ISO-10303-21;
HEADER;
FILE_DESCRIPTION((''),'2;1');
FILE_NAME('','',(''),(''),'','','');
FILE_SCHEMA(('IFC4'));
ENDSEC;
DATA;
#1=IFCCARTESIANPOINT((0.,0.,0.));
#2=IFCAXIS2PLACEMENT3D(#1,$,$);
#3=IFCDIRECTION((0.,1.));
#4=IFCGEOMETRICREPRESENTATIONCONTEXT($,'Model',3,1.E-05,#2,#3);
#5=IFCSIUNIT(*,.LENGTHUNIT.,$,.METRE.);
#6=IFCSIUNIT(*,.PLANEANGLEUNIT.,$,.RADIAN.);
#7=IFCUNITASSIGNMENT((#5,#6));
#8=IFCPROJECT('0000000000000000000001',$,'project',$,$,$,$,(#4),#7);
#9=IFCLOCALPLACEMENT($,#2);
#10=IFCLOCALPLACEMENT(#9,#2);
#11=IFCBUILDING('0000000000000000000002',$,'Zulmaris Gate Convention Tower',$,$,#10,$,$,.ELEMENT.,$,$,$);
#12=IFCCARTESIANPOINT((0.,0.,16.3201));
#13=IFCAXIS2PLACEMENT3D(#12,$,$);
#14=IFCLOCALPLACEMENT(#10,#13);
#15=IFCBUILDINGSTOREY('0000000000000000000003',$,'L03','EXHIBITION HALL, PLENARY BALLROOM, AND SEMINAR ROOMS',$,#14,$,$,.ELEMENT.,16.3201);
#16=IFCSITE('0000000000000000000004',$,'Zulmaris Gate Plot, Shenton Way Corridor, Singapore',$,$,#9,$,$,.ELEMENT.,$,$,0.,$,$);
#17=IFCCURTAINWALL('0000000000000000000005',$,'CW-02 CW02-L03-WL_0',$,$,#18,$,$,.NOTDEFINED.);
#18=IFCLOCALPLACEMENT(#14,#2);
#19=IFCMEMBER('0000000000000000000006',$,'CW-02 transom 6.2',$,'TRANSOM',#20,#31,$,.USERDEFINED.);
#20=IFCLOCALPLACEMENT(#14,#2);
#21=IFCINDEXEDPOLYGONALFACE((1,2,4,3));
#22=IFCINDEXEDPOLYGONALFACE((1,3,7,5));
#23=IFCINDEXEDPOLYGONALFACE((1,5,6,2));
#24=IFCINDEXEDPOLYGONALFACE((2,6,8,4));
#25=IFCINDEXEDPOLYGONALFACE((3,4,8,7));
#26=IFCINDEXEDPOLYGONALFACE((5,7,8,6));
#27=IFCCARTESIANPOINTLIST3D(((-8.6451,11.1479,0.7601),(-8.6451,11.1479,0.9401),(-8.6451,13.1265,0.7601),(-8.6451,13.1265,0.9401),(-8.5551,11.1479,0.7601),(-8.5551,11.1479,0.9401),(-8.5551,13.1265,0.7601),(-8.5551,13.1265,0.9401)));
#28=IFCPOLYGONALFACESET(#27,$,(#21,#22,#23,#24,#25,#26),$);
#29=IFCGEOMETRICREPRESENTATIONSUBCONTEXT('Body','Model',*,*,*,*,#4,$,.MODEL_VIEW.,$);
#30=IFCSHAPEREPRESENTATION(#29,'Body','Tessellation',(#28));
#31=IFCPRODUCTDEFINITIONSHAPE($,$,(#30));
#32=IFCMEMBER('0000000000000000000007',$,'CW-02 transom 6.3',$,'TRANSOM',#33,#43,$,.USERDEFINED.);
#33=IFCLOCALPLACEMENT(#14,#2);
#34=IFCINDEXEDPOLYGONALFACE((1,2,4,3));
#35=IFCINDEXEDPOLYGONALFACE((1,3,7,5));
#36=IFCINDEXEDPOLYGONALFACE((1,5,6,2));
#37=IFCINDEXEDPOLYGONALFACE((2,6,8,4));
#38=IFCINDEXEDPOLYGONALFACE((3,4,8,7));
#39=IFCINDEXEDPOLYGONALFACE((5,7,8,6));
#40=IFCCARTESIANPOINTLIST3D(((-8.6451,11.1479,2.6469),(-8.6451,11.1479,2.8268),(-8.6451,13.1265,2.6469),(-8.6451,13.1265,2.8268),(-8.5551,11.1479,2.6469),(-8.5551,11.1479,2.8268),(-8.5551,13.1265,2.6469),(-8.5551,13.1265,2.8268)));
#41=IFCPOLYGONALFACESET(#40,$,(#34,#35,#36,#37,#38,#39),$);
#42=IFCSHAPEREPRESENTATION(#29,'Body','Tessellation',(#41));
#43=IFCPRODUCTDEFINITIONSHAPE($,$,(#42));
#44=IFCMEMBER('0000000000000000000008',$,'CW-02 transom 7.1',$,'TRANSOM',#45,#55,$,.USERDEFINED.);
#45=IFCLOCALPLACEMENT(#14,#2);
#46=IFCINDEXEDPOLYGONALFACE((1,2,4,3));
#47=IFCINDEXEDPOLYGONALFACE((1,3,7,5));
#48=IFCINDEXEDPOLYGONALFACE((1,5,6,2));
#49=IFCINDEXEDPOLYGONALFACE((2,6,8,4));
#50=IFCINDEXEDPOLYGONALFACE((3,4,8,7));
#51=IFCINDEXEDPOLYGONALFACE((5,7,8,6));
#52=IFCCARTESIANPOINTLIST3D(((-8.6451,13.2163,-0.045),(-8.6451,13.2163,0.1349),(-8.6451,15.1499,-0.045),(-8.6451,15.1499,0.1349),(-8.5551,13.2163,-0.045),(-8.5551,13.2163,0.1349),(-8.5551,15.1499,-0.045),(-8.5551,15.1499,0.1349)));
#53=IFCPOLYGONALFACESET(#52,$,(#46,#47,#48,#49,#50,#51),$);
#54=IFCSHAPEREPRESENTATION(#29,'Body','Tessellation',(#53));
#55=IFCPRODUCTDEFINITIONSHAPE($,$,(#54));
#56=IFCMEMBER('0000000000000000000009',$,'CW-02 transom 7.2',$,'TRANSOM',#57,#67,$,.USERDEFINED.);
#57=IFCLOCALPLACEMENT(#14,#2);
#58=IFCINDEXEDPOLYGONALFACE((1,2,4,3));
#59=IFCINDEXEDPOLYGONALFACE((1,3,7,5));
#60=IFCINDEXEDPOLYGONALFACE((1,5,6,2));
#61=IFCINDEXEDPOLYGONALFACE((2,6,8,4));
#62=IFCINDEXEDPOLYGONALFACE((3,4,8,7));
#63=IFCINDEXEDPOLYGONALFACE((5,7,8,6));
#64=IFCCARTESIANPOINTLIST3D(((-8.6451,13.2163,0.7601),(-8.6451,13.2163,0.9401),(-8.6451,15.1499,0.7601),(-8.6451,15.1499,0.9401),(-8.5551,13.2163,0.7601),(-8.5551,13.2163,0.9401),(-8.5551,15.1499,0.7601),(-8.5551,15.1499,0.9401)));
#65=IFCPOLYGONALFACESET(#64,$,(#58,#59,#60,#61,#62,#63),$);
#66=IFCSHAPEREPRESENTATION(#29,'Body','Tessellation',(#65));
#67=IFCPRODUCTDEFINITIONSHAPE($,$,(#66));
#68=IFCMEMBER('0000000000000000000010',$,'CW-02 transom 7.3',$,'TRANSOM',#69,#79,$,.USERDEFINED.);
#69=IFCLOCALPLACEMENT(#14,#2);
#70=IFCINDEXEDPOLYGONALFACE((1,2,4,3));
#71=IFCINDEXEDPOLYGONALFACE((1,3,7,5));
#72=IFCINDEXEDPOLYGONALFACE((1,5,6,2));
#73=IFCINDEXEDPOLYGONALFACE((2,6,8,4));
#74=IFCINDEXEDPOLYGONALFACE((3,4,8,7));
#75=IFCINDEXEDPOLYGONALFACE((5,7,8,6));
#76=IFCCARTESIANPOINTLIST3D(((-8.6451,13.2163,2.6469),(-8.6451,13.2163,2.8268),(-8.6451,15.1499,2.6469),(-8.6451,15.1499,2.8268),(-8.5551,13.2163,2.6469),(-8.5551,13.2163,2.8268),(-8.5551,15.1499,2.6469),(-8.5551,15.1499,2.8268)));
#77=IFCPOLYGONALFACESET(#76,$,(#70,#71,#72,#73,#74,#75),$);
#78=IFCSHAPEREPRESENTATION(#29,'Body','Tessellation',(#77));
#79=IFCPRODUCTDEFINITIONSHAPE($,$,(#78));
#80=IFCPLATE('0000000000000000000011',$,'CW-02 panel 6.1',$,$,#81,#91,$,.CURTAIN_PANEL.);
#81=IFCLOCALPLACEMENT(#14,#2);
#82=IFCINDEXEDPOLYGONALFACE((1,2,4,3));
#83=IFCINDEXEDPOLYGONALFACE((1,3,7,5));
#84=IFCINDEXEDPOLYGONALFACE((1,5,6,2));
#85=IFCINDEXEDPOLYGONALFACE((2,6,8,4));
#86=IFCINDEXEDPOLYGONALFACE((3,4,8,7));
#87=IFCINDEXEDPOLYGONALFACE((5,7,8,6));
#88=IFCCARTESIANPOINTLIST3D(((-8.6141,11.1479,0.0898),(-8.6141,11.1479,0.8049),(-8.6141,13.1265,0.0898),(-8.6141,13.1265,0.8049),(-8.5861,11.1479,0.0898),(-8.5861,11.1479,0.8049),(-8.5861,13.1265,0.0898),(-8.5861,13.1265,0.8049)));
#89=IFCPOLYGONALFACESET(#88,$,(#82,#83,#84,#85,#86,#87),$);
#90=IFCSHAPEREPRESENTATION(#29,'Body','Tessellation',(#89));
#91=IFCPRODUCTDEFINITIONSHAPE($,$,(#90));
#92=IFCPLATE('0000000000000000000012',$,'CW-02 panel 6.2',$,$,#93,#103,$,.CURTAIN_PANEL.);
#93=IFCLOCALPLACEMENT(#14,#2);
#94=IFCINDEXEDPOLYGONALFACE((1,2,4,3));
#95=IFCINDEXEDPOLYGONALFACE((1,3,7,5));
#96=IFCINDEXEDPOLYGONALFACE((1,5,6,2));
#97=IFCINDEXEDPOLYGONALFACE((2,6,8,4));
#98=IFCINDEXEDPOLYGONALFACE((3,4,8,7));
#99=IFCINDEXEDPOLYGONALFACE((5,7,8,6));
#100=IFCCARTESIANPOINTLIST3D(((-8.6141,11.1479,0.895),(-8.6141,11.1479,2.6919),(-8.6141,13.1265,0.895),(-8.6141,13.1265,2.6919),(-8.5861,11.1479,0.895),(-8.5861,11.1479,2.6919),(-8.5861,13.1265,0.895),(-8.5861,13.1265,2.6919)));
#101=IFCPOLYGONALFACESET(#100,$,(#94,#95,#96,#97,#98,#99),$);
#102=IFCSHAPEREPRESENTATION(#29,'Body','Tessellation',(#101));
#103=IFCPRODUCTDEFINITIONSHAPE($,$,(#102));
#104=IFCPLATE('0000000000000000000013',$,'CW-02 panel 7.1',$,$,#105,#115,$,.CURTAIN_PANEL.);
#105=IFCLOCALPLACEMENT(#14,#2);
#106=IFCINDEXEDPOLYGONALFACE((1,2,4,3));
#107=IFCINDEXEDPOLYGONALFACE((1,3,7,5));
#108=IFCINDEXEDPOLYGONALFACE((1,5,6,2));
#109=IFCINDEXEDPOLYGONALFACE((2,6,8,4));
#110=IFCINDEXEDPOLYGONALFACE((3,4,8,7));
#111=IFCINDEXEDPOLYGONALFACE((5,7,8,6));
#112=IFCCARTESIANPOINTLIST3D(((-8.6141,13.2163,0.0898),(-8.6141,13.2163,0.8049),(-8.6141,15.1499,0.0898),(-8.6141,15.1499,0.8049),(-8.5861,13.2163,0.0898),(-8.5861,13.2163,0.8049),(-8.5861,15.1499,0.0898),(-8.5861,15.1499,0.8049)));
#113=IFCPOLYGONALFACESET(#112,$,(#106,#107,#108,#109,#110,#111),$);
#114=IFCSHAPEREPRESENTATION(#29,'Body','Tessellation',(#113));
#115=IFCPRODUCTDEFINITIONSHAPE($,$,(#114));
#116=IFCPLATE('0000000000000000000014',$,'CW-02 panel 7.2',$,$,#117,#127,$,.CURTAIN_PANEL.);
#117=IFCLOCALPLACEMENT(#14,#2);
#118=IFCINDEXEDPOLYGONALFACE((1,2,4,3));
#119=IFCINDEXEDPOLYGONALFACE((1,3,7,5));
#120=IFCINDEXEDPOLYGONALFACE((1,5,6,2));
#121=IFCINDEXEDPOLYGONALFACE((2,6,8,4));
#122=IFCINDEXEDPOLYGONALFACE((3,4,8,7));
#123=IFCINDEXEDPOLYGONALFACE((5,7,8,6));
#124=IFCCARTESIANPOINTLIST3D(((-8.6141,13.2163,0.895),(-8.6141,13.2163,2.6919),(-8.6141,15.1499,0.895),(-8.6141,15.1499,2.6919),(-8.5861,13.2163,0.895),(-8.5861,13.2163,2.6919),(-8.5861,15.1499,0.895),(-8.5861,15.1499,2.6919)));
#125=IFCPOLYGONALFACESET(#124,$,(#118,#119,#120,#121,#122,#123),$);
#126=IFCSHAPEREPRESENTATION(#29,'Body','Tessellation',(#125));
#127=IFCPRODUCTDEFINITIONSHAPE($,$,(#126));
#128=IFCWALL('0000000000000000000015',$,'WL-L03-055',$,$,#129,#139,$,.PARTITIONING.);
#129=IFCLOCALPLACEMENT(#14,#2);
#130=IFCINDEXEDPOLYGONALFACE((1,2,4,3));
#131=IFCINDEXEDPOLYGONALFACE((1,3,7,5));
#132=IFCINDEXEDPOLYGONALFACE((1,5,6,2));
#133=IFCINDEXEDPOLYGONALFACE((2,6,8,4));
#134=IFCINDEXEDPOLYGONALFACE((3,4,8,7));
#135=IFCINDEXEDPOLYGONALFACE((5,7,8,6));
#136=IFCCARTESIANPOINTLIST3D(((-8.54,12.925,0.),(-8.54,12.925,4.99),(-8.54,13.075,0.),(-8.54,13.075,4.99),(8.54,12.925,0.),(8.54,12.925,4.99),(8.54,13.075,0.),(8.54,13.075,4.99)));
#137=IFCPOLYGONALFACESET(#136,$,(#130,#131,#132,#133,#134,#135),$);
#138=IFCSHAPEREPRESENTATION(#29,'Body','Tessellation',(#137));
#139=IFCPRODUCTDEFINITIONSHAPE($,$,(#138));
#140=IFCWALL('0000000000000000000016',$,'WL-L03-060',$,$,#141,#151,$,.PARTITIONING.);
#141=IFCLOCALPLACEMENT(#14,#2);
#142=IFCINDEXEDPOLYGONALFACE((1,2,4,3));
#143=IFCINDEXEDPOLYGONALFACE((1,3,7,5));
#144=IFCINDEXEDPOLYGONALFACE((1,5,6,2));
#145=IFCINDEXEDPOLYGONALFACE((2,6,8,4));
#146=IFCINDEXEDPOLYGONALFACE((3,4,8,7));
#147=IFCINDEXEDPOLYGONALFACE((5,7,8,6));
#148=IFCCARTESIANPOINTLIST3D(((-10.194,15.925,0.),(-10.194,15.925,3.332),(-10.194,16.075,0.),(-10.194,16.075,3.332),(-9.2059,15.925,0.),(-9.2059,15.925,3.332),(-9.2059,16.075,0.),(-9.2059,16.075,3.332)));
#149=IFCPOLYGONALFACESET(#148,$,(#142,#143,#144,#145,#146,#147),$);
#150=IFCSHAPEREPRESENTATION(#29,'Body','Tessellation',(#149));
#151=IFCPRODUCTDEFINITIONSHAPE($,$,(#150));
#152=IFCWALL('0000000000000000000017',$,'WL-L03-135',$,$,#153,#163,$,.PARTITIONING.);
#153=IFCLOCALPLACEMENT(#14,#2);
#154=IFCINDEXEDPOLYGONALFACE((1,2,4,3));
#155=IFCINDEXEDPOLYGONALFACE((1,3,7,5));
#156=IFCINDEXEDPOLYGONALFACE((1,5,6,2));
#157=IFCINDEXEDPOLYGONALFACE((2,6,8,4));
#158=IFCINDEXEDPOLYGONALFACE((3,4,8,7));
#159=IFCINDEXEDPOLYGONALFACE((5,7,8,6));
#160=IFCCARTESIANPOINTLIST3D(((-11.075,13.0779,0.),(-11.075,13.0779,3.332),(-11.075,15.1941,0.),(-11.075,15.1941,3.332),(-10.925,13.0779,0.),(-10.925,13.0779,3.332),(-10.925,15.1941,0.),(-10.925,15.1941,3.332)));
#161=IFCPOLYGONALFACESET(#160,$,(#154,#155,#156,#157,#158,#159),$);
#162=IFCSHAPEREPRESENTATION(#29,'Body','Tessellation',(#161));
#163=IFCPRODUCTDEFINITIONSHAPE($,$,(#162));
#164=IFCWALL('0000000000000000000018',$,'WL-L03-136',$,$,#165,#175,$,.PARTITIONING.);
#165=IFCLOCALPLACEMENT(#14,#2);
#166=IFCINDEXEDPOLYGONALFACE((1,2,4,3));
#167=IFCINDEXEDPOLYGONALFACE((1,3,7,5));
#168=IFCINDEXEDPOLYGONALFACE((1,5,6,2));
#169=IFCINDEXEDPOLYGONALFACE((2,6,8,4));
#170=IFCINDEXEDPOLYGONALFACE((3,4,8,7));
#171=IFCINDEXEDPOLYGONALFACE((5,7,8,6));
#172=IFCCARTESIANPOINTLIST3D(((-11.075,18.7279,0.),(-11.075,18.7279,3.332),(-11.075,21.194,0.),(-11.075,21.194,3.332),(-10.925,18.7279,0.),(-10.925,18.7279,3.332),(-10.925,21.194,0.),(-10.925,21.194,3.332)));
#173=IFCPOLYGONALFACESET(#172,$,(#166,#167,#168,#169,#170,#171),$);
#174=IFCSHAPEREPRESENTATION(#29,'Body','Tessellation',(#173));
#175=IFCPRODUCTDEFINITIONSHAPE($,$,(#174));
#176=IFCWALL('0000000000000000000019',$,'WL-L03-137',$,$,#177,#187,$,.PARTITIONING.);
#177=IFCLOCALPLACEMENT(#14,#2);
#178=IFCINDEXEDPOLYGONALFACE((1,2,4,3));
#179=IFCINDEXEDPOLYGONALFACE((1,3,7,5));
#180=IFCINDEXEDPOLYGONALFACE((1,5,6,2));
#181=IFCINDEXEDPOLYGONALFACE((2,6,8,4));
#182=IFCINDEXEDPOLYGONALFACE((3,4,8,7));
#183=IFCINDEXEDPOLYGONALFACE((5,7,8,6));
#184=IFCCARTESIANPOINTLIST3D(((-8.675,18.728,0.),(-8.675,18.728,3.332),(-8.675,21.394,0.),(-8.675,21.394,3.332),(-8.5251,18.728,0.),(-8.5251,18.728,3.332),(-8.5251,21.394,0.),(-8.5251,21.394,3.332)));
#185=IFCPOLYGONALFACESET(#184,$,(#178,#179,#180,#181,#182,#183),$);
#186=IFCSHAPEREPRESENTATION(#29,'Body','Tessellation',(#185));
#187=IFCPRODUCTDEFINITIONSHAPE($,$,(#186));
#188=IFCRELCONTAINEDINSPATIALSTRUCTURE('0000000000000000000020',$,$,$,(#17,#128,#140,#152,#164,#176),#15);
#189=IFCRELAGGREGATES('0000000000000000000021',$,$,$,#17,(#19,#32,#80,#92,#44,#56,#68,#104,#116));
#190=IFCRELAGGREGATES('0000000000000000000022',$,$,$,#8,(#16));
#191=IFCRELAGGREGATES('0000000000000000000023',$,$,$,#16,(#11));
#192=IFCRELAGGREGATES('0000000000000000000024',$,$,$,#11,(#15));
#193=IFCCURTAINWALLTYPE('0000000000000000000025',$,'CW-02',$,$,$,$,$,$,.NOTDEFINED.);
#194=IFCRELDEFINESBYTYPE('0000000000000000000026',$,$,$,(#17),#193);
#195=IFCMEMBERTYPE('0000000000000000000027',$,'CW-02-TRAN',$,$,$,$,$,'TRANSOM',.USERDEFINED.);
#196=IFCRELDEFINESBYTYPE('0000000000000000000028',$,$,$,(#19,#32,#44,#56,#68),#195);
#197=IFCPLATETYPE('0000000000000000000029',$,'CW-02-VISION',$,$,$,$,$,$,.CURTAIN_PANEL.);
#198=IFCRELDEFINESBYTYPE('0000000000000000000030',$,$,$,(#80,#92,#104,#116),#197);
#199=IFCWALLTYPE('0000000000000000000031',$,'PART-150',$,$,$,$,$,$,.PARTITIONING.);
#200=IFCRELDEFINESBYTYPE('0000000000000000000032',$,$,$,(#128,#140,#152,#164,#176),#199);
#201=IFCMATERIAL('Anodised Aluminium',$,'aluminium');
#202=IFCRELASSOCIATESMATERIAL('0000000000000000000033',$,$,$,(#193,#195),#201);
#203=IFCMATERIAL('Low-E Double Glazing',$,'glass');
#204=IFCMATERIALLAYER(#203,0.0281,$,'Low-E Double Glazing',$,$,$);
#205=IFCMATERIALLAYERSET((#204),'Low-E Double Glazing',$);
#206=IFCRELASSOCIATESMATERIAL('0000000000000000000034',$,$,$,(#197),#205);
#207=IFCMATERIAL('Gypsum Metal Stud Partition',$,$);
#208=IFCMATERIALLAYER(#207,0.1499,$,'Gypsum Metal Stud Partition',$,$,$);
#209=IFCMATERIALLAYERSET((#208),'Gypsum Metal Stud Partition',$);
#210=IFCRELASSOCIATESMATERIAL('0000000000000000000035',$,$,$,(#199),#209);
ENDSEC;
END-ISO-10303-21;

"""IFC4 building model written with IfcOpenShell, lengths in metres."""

from ifc_helpers import new_model, si_unit, direction, frame, frame_2d, origin, origin_2d, place, context, subcontext, project, spatial, rectangle, extrude, material, layer, layer_set, material_profile, profile_set, type_object, element, aggregate, save


model = new_model("IFC4")

# Units and contexts
model_context = context("Model", 3, precision=1e-05, world=origin(), true_north=direction((0.0, 1.0)))
body_context = subcontext(model_context, "Body", "Model", "MODEL_VIEW")
ifc_project = project(units=[si_unit("LENGTHUNIT", "METRE"), si_unit("PLANEANGLEUNIT", "RADIAN")], contexts=[model_context])

# Site, building, storey
site_placement = place(None, origin())
site = spatial("IfcSite", under=ifc_project, at=site_placement, Name="Zulmaris Gate Plot, Shenton Way Corridor, Singapore", CompositionType="ELEMENT", RefElevation=0.0)
building_placement = place(site_placement, origin())
building = spatial("IfcBuilding", under=site, at=building_placement, Name="Zulmaris Gate Convention Tower", CompositionType="ELEMENT")
storey_placement = place(building_placement, frame((0.0, 0.0, 16.3201)))
storey = spatial("IfcBuildingStorey", under=building, at=storey_placement, Name="L03", Description="EXHIBITION HALL, PLENARY BALLROOM, AND SEMINAR ROOMS", CompositionType="ELEMENT", Elevation=16.3201)

# Curtain wall, members, plates
ifc_material_1 = material(Name="Anodised Aluminium", Category="aluminium")
curtain_wall_type = type_object("IfcCurtainWallType", Name="CW-02", PredefinedType="NOTDEFINED", material=ifc_material_1)
curtain_wall_placement = place(storey_placement, origin())
curtain_wall = element("IfcCurtainWall", 1, at=curtain_wall_placement, inside=storey, type_object=curtain_wall_type, Name="CW-02 CW02-L03-WL_0", PredefinedType="NOTDEFINED")
ifc_material_profile_1 = material_profile(ifc_material_1, rectangle(XDim=0.0901, YDim=0.1799, at=origin_2d()), Name="ALU TRANSOM 90x180")
ifc_profile_set_1 = profile_set([ifc_material_profile_1], Name="Anodised Aluminium")
member_type_1 = type_object("IfcMemberType", Name="CW-02-TRAN", ElementType="TRANSOM", PredefinedType="USERDEFINED", material=ifc_profile_set_1)
member_1_placement = place(storey_placement, frame((-8.6001, 11.1479, 0.8501), z_axis=(0.0, 1.0, 0.0), x_axis=(-1.0, 0.0, 0.0)))
member_1 = element("IfcMember", 2, at=member_1_placement, type_object=member_type_1, Name="CW-02 transom 6.2", ObjectType="TRANSOM", PredefinedType="USERDEFINED", context=body_context, shape_type="SweptSolid", body=[
    extrude(rectangle(XDim=0.0901, YDim=0.1799, at=origin_2d()), origin(), (0.0, 0.0, 1.0), 1.9785),
])
member_2_placement = place(storey_placement, frame((-8.6001, 11.1479, 2.7368), z_axis=(0.0, 1.0, 0.0), x_axis=(-1.0, 0.0, 0.0)))
member_2 = element("IfcMember", 3, at=member_2_placement, type_object=member_type_1, Name="CW-02 transom 6.3", ObjectType="TRANSOM", PredefinedType="USERDEFINED", context=body_context, shape_type="SweptSolid", body=[
    extrude(rectangle(XDim=0.0901, YDim=0.1799, at=origin_2d()), origin(), (0.0, 0.0, 1.0), 1.9785),
])
member_3_placement = place(storey_placement, frame((-8.6001, 13.2163, 0.0449), z_axis=(0.0, 1.0, 0.0), x_axis=(-1.0, 0.0, 0.0)))
member_3 = element("IfcMember", 4, at=member_3_placement, type_object=member_type_1, Name="CW-02 transom 7.1", ObjectType="TRANSOM", PredefinedType="USERDEFINED", context=body_context, shape_type="SweptSolid", body=[
    extrude(rectangle(XDim=0.0901, YDim=0.1799, at=origin_2d()), origin(), (0.0, 0.0, 1.0), 1.9336),
])
member_4_placement = place(storey_placement, frame((-8.6001, 13.2163, 0.8501), z_axis=(0.0, 1.0, 0.0), x_axis=(-1.0, 0.0, 0.0)))
member_4 = element("IfcMember", 5, at=member_4_placement, type_object=member_type_1, Name="CW-02 transom 7.2", ObjectType="TRANSOM", PredefinedType="USERDEFINED", context=body_context, shape_type="SweptSolid", body=[
    extrude(rectangle(XDim=0.0901, YDim=0.1799, at=origin_2d()), origin(), (0.0, 0.0, 1.0), 1.9336),
])
member_5_placement = place(storey_placement, frame((-8.6001, 13.2163, 2.7368), z_axis=(0.0, 1.0, 0.0), x_axis=(-1.0, 0.0, 0.0)))
member_5 = element("IfcMember", 6, at=member_5_placement, type_object=member_type_1, Name="CW-02 transom 7.3", ObjectType="TRANSOM", PredefinedType="USERDEFINED", context=body_context, shape_type="SweptSolid", body=[
    extrude(rectangle(XDim=0.0901, YDim=0.1799, at=origin_2d()), origin(), (0.0, 0.0, 1.0), 1.9336),
])
ifc_material_2 = material(Name="Low-E Double Glazing", Category="glass")
ifc_layer_1 = layer(ifc_material_2, 0.0281, Name="Low-E Double Glazing")
ifc_layer_set_1 = layer_set([ifc_layer_1], Name="Low-E Double Glazing")
plate_type = type_object("IfcPlateType", Name="CW-02-VISION", PredefinedType="CURTAIN_PANEL", material=ifc_layer_set_1)
plate_1_placement = place(storey_placement, frame((-8.6001, 12.1372, 0.0898), z_axis=(0.0, 0.0, 1.0), x_axis=(0.0, 1.0, 0.0)))
plate_1 = element("IfcPlate", 7, at=plate_1_placement, type_object=plate_type, Name="CW-02 panel 6.1", PredefinedType="CURTAIN_PANEL", context=body_context, shape_type="SweptSolid", body=[
    extrude(rectangle(XDim=1.9785, YDim=0.0281, at=origin_2d()), origin(), (0.0, 0.0, 1.0), 0.7151),
])
plate_2_placement = place(storey_placement, frame((-8.6001, 12.1372, 0.895), z_axis=(0.0, 0.0, 1.0), x_axis=(0.0, 1.0, 0.0)))
plate_2 = element("IfcPlate", 8, at=plate_2_placement, type_object=plate_type, Name="CW-02 panel 6.2", PredefinedType="CURTAIN_PANEL", context=body_context, shape_type="SweptSolid", body=[
    extrude(rectangle(XDim=1.9785, YDim=0.0281, at=origin_2d()), origin(), (0.0, 0.0, 1.0), 1.7969),
])
plate_3_placement = place(storey_placement, frame((-8.6001, 14.1831, 0.0898), z_axis=(0.0, 0.0, 1.0), x_axis=(0.0, 1.0, 0.0)))
plate_3 = element("IfcPlate", 9, at=plate_3_placement, type_object=plate_type, Name="CW-02 panel 7.1", PredefinedType="CURTAIN_PANEL", context=body_context, shape_type="SweptSolid", body=[
    extrude(rectangle(XDim=1.9336, YDim=0.0281, at=origin_2d()), origin(), (0.0, 0.0, 1.0), 0.7151),
])
plate_4_placement = place(storey_placement, frame((-8.6001, 14.1831, 0.895), z_axis=(0.0, 0.0, 1.0), x_axis=(0.0, 1.0, 0.0)))
plate_4 = element("IfcPlate", 10, at=plate_4_placement, type_object=plate_type, Name="CW-02 panel 7.2", PredefinedType="CURTAIN_PANEL", context=body_context, shape_type="SweptSolid", body=[
    extrude(rectangle(XDim=1.9336, YDim=0.0281, at=origin_2d()), origin(), (0.0, 0.0, 1.0), 1.7969),
])
aggregate(curtain_wall, [member_1, member_2, plate_1, plate_2, member_3, member_4, member_5, plate_3, plate_4])

# Walls
ifc_material_3 = material(Name="Gypsum Metal Stud Partition")
ifc_layer_2 = layer(ifc_material_3, 0.1499, Name="Gypsum Metal Stud Partition")
ifc_layer_set_2 = layer_set([ifc_layer_2], Name="Gypsum Metal Stud Partition")
wall_type_1 = type_object("IfcWallType", Name="PART-150", PredefinedType="PARTITIONING", material=ifc_layer_set_2)
wall_1_placement = place(storey_placement, frame((-8.54, 13.0, 0.0), z_axis=(0.0, 0.0, 1.0), x_axis=(1.0, 0.0, 0.0)))
element("IfcWall", 11, at=wall_1_placement, inside=storey, type_object=wall_type_1, Name="WL-L03-055", PredefinedType="PARTITIONING", context=body_context, shape_type="SweptSolid", body=[
    extrude(rectangle(XDim=17.0801, YDim=0.1499, at=frame_2d((8.54, 0.0))), origin(), (0.0, 0.0, 1.0), 4.99),
])
wall_2_placement = place(storey_placement, frame((-10.1941, 16.0, 0.0), z_axis=(0.0, 0.0, 1.0), x_axis=(1.0, 0.0, 0.0)))
element("IfcWall", 12, at=wall_2_placement, inside=storey, type_object=wall_type_1, Name="WL-L03-060", PredefinedType="PARTITIONING", context=body_context, shape_type="SweptSolid", body=[
    extrude(rectangle(XDim=0.988, YDim=0.1499, at=frame_2d((0.4941, 0.0))), origin(), (0.0, 0.0, 1.0), 3.332),
])
wall_3_placement = place(storey_placement, frame((-11.0, 13.0779, 0.0), z_axis=(0.0, 0.0, 1.0), x_axis=(0.0, 1.0, 0.0)))
element("IfcWall", 13, at=wall_3_placement, inside=storey, type_object=wall_type_1, Name="WL-L03-135", PredefinedType="PARTITIONING", context=body_context, shape_type="SweptSolid", body=[
    extrude(rectangle(XDim=2.1162, YDim=0.1499, at=frame_2d((1.0581, 0.0))), origin(), (0.0, 0.0, 1.0), 3.332),
])
wall_4_placement = place(storey_placement, frame((-11.0, 18.728, 0.0), z_axis=(0.0, 0.0, 1.0), x_axis=(0.0, 1.0, 0.0)))
element("IfcWall", 14, at=wall_4_placement, inside=storey, type_object=wall_type_1, Name="WL-L03-136", PredefinedType="PARTITIONING", context=body_context, shape_type="SweptSolid", body=[
    extrude(rectangle(XDim=2.4661, YDim=0.1499, at=frame_2d((1.2329, 0.0))), origin(), (0.0, 0.0, 1.0), 3.332),
])
wall_5_placement = place(storey_placement, frame((-8.6001, 18.728, 0.0), z_axis=(0.0, 0.0, 1.0), x_axis=(0.0, 1.0, 0.0)))
element("IfcWall", 15, at=wall_5_placement, inside=storey, type_object=wall_type_1, Name="WL-L03-137", PredefinedType="PARTITIONING", context=body_context, shape_type="SweptSolid", body=[
    extrude(rectangle(XDim=2.666, YDim=0.1499, at=frame_2d((1.333, 0.0))), origin(), (0.0, 0.0, 1.0), 3.332),
])

save(model, "model.ifc")
